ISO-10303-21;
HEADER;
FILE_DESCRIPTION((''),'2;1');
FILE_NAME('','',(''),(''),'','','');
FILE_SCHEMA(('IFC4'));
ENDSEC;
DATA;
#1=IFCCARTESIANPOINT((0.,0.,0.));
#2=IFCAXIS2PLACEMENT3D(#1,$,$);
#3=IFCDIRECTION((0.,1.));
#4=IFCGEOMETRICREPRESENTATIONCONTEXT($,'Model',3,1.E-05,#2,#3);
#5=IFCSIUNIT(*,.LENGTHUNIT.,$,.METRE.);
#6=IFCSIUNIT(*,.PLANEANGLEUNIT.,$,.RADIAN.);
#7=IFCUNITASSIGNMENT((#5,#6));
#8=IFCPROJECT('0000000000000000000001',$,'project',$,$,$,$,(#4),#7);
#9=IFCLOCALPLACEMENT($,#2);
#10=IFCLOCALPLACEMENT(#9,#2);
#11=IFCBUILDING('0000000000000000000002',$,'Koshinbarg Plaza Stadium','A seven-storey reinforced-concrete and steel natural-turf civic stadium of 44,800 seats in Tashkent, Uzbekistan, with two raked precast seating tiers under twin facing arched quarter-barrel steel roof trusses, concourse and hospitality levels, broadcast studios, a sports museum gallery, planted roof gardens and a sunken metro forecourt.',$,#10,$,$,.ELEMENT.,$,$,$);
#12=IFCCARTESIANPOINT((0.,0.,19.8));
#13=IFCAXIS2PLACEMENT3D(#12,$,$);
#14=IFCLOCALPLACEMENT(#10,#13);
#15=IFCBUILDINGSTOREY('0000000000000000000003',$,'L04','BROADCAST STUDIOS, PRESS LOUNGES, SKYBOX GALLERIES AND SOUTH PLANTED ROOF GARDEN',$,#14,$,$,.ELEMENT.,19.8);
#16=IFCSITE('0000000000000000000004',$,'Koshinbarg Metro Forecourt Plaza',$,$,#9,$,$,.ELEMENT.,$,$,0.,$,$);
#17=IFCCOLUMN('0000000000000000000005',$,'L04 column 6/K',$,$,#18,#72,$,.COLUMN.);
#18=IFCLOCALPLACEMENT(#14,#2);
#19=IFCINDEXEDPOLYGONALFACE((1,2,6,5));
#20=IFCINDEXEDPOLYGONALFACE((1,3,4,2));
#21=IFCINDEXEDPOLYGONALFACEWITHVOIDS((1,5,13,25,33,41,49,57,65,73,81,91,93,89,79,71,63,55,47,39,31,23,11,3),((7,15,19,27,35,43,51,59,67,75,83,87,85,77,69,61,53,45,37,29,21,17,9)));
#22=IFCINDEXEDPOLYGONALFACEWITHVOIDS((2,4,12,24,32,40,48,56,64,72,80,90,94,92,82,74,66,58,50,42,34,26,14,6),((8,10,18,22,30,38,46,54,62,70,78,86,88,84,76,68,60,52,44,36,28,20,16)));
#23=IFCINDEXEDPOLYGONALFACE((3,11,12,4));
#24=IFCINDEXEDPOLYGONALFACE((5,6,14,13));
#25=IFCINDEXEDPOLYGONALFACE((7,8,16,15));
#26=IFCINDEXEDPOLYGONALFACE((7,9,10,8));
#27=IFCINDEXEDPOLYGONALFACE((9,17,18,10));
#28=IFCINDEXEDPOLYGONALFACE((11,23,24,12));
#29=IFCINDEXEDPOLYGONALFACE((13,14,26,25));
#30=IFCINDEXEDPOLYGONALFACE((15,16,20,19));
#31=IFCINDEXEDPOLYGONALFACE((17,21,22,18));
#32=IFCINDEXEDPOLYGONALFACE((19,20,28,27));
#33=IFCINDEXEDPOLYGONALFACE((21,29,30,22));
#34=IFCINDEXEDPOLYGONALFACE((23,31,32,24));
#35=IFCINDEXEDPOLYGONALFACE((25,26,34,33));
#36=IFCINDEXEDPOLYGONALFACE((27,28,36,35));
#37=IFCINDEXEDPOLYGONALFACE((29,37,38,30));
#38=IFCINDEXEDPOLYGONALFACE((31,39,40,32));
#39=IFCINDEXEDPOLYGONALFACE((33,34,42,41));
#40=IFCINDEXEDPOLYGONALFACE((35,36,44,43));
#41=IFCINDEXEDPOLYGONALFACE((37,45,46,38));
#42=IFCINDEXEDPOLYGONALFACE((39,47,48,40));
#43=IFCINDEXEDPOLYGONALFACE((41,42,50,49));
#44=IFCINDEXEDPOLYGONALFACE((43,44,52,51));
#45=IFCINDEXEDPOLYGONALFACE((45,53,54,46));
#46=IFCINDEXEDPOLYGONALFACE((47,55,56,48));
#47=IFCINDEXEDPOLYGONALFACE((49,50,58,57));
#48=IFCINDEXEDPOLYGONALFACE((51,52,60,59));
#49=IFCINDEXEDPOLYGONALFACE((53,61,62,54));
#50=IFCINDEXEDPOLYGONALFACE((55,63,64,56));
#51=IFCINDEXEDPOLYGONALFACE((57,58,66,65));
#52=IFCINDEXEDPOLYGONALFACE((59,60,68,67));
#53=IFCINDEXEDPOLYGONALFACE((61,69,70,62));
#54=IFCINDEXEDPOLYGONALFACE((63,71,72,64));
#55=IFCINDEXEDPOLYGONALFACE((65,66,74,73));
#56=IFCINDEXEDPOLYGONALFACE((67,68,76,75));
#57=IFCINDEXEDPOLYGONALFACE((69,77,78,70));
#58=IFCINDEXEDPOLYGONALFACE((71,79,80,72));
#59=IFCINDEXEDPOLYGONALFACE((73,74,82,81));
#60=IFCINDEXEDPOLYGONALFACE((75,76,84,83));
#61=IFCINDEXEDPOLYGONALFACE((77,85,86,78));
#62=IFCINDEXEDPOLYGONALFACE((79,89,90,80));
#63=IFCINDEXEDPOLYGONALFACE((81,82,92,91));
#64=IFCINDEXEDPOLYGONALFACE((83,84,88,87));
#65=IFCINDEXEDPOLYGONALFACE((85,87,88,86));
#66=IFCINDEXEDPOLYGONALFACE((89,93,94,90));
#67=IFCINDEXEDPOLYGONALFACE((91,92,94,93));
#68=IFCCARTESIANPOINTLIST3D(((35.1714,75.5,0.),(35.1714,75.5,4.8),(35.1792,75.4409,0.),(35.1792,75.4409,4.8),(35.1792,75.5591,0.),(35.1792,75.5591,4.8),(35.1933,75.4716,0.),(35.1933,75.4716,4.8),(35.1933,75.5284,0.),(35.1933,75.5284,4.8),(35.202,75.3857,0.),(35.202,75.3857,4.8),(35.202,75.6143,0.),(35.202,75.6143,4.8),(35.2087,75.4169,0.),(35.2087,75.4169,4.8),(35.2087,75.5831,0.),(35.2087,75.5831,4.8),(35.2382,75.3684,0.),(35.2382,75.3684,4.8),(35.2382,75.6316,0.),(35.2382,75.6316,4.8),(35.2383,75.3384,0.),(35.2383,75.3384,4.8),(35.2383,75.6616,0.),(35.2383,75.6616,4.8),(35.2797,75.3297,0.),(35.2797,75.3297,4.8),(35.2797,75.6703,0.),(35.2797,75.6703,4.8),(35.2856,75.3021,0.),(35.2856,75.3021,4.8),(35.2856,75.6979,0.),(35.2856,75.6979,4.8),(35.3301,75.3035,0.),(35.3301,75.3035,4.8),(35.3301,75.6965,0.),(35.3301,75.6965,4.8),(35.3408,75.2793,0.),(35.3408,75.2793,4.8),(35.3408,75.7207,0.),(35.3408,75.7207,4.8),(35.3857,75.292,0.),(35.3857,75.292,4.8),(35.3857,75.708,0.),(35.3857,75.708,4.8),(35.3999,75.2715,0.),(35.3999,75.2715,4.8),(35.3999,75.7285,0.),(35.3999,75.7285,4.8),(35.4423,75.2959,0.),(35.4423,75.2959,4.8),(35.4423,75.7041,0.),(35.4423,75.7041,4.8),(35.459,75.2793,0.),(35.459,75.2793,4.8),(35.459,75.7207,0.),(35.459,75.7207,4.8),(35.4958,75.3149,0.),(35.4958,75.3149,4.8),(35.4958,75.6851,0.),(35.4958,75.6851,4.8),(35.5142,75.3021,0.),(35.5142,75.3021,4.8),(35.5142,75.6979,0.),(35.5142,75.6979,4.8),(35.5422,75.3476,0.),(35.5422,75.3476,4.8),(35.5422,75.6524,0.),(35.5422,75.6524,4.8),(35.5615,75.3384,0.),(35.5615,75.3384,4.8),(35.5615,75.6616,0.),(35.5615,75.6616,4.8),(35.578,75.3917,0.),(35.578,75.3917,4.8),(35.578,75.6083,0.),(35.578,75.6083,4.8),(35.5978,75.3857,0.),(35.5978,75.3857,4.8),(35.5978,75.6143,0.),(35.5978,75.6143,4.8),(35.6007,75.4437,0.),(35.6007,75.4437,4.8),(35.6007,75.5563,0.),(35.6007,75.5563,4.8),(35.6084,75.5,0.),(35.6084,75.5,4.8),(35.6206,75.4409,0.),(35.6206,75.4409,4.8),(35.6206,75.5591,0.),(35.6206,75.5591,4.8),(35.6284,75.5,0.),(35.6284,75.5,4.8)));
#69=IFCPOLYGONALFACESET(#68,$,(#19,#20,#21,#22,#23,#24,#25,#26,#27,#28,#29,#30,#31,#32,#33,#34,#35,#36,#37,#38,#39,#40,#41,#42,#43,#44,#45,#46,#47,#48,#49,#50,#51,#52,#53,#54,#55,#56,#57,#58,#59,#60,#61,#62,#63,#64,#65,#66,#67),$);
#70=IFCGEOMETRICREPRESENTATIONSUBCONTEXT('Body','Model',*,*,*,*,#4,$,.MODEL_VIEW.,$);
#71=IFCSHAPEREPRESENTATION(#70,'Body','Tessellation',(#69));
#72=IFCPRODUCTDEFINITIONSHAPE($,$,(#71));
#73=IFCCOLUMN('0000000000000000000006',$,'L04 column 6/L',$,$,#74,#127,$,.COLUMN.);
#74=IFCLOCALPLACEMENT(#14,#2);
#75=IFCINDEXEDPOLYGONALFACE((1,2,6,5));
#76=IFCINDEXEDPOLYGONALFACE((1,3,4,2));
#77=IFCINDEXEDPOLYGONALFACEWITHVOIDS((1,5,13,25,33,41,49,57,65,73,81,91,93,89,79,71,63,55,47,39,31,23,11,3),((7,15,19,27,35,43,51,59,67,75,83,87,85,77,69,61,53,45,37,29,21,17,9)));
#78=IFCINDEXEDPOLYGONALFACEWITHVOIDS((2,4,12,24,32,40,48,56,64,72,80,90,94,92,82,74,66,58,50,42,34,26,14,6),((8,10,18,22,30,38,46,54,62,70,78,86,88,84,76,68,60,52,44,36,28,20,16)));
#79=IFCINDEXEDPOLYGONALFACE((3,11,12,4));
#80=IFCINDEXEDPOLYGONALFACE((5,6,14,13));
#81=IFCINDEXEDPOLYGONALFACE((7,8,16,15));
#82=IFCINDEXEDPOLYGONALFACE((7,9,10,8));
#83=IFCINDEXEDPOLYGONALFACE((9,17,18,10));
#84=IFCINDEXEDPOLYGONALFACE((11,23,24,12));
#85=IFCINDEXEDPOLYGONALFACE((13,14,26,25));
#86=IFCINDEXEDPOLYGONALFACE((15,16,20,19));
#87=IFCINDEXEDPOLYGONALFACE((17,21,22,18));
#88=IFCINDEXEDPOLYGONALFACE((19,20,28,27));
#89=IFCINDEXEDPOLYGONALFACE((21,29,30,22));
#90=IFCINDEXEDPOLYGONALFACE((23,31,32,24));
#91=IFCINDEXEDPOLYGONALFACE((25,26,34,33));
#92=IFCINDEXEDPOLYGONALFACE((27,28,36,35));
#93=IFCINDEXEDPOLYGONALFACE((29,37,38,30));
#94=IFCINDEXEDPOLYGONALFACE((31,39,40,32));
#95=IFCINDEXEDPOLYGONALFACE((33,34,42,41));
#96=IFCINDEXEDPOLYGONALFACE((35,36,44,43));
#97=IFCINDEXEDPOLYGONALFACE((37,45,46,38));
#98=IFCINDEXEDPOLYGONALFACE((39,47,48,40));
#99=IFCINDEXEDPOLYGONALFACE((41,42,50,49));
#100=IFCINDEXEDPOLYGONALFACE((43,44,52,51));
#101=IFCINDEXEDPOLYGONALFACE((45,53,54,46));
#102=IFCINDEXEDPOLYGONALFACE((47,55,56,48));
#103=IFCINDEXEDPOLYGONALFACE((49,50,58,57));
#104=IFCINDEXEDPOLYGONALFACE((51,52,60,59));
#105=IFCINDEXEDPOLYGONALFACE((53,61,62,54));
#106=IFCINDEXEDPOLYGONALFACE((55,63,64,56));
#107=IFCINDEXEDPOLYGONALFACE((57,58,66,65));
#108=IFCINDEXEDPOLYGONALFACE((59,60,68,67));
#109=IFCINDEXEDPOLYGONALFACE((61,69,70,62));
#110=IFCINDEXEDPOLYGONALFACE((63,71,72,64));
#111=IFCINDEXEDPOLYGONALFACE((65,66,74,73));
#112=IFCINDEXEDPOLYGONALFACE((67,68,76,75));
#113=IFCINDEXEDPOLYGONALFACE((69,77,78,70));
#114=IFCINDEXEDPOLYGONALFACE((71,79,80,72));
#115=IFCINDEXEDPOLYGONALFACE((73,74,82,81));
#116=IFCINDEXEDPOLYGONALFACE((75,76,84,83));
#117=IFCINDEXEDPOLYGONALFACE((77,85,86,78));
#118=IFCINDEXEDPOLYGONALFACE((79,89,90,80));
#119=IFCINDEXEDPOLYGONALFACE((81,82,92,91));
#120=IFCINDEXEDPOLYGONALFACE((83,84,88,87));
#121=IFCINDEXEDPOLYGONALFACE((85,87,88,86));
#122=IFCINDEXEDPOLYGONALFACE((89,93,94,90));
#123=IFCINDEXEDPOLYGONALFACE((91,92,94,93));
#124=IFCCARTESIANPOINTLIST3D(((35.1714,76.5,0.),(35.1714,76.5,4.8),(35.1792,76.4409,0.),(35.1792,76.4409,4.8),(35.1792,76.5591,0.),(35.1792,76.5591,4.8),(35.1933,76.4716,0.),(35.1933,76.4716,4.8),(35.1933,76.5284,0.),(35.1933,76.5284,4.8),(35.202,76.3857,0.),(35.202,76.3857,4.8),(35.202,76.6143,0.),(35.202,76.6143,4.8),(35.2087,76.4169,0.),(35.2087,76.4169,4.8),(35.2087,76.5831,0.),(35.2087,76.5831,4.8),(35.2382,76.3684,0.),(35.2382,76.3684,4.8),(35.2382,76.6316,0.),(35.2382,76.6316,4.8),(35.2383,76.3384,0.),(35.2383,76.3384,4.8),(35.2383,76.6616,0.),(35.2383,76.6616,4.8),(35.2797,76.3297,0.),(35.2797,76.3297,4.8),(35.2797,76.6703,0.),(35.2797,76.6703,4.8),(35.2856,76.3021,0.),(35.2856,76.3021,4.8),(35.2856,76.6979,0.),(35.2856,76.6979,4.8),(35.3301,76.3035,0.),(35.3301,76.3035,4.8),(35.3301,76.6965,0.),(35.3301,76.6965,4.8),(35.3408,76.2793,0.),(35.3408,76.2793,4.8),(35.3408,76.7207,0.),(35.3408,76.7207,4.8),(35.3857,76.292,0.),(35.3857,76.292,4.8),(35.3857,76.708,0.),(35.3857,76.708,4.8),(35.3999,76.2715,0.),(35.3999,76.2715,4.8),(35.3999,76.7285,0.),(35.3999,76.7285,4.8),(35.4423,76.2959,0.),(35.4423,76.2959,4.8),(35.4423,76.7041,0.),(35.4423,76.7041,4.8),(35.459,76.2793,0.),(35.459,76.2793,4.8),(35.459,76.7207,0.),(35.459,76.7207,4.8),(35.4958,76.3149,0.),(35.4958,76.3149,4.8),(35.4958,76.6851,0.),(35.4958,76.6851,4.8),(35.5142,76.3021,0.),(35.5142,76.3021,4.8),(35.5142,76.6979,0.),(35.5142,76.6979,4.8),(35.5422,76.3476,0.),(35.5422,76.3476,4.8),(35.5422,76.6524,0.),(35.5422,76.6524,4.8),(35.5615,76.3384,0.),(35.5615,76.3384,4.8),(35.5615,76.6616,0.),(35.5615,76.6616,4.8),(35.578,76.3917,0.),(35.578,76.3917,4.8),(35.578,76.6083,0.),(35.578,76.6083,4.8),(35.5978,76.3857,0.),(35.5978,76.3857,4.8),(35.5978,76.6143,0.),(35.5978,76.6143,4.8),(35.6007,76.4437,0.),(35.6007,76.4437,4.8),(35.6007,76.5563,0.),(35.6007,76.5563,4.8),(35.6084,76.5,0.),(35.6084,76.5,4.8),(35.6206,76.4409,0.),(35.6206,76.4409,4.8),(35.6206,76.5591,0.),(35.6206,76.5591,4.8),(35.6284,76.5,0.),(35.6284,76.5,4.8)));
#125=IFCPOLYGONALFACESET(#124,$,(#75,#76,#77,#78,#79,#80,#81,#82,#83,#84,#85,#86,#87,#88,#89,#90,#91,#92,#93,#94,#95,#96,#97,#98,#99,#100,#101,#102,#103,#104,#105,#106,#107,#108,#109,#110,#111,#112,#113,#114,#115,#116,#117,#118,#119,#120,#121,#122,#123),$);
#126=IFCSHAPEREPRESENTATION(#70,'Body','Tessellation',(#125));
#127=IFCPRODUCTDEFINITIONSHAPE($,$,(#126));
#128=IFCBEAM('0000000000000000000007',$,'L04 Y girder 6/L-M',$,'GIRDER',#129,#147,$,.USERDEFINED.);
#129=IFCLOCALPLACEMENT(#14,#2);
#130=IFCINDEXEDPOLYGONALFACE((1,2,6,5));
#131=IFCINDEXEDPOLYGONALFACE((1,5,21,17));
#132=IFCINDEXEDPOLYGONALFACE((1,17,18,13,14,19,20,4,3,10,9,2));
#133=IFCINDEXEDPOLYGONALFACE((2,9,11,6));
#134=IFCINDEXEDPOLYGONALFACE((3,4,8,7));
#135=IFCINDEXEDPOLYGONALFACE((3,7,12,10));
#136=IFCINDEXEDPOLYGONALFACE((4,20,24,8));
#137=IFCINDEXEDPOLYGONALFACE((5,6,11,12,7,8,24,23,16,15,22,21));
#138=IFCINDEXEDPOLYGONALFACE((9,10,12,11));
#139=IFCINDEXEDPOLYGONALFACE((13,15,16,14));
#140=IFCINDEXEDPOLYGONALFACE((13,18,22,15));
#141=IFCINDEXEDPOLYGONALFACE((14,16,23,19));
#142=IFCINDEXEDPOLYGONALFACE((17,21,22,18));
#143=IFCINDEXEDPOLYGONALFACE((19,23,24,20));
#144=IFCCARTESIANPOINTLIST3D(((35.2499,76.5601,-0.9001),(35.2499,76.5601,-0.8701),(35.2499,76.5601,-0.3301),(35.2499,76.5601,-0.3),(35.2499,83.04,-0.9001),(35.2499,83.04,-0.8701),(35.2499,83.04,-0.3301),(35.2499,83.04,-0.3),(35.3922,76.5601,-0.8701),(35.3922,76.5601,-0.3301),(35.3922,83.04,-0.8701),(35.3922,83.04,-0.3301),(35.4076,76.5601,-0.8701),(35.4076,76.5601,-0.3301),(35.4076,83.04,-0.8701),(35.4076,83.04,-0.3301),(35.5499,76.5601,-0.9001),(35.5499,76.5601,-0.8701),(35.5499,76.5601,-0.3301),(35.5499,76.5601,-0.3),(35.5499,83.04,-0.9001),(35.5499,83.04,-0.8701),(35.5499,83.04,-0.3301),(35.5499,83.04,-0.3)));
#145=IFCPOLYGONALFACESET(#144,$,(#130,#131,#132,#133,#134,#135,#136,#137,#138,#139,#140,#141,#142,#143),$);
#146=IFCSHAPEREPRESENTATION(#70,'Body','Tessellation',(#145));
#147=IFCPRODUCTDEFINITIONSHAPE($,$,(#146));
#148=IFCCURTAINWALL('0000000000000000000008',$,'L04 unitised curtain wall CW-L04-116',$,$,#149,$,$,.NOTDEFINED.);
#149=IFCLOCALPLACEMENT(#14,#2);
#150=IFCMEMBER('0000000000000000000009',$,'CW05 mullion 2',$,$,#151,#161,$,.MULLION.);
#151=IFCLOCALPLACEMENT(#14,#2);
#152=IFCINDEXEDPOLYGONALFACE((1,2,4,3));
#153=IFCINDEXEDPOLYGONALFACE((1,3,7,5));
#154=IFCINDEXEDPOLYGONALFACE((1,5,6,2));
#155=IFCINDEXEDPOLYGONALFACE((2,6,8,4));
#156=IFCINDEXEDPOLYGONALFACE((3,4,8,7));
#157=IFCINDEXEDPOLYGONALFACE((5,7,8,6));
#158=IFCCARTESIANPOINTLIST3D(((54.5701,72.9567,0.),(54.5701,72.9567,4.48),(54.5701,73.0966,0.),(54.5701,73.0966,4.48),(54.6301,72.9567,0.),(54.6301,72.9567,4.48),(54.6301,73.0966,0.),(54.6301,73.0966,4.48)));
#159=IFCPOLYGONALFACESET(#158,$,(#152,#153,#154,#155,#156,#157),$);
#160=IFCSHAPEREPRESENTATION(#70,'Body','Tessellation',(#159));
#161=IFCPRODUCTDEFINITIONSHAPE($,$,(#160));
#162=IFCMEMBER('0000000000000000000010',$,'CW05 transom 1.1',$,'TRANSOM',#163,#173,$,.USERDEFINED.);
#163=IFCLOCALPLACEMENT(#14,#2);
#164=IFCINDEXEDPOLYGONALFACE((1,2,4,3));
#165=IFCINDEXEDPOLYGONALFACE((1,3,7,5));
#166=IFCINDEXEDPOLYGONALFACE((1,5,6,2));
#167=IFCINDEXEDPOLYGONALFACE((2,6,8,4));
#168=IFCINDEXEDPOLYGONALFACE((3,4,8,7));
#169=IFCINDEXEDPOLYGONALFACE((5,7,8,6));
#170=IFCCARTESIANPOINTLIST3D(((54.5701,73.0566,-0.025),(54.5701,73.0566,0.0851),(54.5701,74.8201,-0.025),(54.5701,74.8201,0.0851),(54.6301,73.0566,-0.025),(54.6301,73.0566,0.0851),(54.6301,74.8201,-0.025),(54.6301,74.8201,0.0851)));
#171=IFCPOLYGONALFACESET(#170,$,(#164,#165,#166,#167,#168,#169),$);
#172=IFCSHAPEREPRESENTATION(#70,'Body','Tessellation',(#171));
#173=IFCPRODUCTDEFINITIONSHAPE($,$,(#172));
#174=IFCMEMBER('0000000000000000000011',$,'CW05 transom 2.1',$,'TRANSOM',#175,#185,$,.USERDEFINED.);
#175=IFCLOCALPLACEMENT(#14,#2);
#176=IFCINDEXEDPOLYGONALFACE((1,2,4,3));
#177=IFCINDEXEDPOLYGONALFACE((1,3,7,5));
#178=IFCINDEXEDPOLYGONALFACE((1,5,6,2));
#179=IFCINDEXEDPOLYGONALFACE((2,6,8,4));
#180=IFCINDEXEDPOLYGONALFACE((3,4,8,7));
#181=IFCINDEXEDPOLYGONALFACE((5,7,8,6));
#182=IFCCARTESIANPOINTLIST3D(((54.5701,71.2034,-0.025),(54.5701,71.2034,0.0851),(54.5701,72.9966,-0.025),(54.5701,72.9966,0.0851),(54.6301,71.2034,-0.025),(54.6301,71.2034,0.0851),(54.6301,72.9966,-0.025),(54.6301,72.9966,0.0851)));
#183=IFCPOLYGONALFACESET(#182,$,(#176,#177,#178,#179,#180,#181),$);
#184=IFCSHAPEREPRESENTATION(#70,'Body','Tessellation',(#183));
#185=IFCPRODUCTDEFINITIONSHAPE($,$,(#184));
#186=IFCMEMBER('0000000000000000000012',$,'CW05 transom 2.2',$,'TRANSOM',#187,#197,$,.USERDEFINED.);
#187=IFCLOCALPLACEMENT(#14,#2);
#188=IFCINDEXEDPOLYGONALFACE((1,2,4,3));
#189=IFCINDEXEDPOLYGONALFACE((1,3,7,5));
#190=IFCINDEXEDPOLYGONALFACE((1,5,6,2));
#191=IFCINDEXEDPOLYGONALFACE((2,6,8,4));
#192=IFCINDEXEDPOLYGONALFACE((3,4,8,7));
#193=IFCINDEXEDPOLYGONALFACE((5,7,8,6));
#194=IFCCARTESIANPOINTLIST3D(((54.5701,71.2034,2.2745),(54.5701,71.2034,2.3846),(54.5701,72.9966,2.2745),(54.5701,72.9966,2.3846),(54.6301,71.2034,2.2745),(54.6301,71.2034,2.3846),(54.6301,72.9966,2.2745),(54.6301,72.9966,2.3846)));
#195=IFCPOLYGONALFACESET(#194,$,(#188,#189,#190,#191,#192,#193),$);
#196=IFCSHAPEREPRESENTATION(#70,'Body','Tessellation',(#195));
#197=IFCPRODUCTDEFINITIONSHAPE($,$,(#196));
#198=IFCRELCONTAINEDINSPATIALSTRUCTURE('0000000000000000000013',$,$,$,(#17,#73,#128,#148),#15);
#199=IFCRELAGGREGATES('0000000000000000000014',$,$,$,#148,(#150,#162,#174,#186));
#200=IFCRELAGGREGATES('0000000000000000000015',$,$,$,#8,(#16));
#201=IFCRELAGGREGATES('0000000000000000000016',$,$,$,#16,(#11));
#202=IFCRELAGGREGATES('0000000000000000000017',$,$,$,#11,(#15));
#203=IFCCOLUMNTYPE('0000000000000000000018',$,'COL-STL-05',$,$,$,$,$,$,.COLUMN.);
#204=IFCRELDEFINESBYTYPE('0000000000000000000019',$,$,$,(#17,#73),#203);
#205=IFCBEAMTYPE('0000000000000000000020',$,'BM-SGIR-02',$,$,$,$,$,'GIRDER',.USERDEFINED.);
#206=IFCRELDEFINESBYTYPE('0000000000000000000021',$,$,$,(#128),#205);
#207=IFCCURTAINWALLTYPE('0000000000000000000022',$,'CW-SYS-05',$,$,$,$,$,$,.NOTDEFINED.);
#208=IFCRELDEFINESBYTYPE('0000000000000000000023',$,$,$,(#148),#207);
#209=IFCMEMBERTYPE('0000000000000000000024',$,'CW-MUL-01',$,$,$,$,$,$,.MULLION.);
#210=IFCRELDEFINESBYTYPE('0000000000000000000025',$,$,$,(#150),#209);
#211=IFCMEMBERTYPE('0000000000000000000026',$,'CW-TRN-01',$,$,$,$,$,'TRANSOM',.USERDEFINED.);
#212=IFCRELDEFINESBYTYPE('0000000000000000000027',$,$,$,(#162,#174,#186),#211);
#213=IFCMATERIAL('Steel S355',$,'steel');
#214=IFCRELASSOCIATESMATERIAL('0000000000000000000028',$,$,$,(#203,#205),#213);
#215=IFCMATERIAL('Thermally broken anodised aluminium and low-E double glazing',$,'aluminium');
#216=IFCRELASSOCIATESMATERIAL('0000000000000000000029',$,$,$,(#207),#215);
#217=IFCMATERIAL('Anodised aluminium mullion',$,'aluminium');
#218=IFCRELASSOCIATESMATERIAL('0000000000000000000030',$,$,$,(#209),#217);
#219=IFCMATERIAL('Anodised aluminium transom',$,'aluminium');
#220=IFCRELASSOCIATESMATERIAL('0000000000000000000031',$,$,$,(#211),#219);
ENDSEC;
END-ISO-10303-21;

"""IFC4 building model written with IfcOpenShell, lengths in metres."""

from ifc_helpers import new_model, si_unit, direction, frame, origin, origin_2d, place, context, subcontext, project, spatial, rectangle, hollow_circle, i_section, extrude, material, material_profile, profile_set, type_object, element, aggregate, save


model = new_model("IFC4")

# Units and contexts
model_context = context("Model", 3, precision=1e-05, world=origin(), true_north=direction((0.0, 1.0)))
body_context = subcontext(model_context, "Body", "Model", "MODEL_VIEW")
ifc_project = project(units=[si_unit("LENGTHUNIT", "METRE"), si_unit("PLANEANGLEUNIT", "RADIAN")], contexts=[model_context])

# Site, building, storey
site_placement = place(None, origin())
site = spatial("IfcSite", under=ifc_project, at=site_placement, Name="Koshinbarg Metro Forecourt Plaza", CompositionType="ELEMENT", RefElevation=0.0)
building_placement = place(site_placement, origin())
building = spatial("IfcBuilding", under=site, at=building_placement, Name="Koshinbarg Plaza Stadium", Description="A seven-storey reinforced-concrete and steel natural-turf civic stadium of 44,800 seats in Tashkent, Uzbekistan, with two raked precast seating tiers under twin facing arched quarter-barrel steel roof trusses, concourse and hospitality levels, broadcast studios, a sports museum gallery, planted roof gardens and a sunken metro forecourt.", CompositionType="ELEMENT")
storey_placement = place(building_placement, frame((0.0, 0.0, 19.8)))
storey = spatial("IfcBuildingStorey", under=building, at=storey_placement, Name="L04", Description="BROADCAST STUDIOS, PRESS LOUNGES, SKYBOX GALLERIES AND SOUTH PLANTED ROOF GARDEN", CompositionType="ELEMENT", Elevation=19.8)

# Columns
ifc_material_1 = material(Name="Steel S355", Category="steel")
ifc_material_profile_1 = material_profile(ifc_material_1, hollow_circle(Radius=0.2285, WallThickness=0.02, at=origin_2d()), Name="CHS 457x20")
ifc_profile_set_1 = profile_set([ifc_material_profile_1], Name="Steel S355")
column_type = type_object("IfcColumnType", Name="COL-STL-05", PredefinedType="COLUMN", material=ifc_profile_set_1)
for number, where, z_axis, x_axis, name in (
    (1, (35.3999, 75.5, 0.0), (0.0, 0.0, 1.0), (1.0, 0.0, 0.0), "L04 column 6/K"),
    (2, (35.3999, 76.5, 0.0), (0.0, 0.0, 1.0), (1.0, 0.0, 0.0), "L04 column 6/L"),
):
    element("IfcColumn", number, at=place(storey_placement, frame(where, z_axis=z_axis, x_axis=x_axis)), inside=storey, type_object=column_type, Name=name, PredefinedType="COLUMN", context=body_context, shape_type="SweptSolid", body=[
        extrude(hollow_circle(Radius=0.2285, WallThickness=0.02, at=origin_2d()), origin(), (0.0, 0.0, 1.0), 4.8),
    ])

# Beam
ifc_material_profile_2 = material_profile(ifc_material_1, i_section(OverallWidth=0.3, OverallDepth=0.6001, WebThickness=0.0154, FlangeThickness=0.03, at=origin_2d()), Name="HEB 600")
ifc_profile_set_2 = profile_set([ifc_material_profile_2], Name="Steel S355")
beam_type = type_object("IfcBeamType", Name="BM-SGIR-02", ElementType="GIRDER", PredefinedType="USERDEFINED", material=ifc_profile_set_2)
beam_placement = place(storey_placement, frame((35.3999, 76.5601, -0.6001), z_axis=(0.0, 1.0, 0.0), x_axis=(-1.0, 0.0, 0.0)))
element("IfcBeam", 3, at=beam_placement, inside=storey, type_object=beam_type, Name="L04 Y girder 6/L-M", ObjectType="GIRDER", PredefinedType="USERDEFINED", context=body_context, shape_type="SweptSolid", body=[
    extrude(i_section(OverallWidth=0.3, OverallDepth=0.6001, WebThickness=0.0154, FlangeThickness=0.03, at=origin_2d()), origin(), (0.0, 0.0, 1.0), 6.48),
])

# Curtain wall, members
ifc_material_2 = material(Name="Thermally broken anodised aluminium and low-E double glazing", Category="aluminium")
curtain_wall_type = type_object("IfcCurtainWallType", Name="CW-SYS-05", PredefinedType="NOTDEFINED", material=ifc_material_2)
curtain_wall_placement = place(storey_placement, origin())
curtain_wall = element("IfcCurtainWall", 4, at=curtain_wall_placement, inside=storey, type_object=curtain_wall_type, Name="L04 unitised curtain wall CW-L04-116", PredefinedType="NOTDEFINED")
ifc_material_3 = material(Name="Anodised aluminium mullion", Category="aluminium")
ifc_material_profile_3 = material_profile(ifc_material_3, rectangle(XDim=0.0601, YDim=0.1399, at=origin_2d()), Name="ALU 60x140")
ifc_profile_set_3 = profile_set([ifc_material_profile_3], Name="Anodised aluminium mullion")
member_type_1 = type_object("IfcMemberType", Name="CW-MUL-01", PredefinedType="MULLION", material=ifc_profile_set_3)
member_1_placement = place(storey_placement, frame((54.6001, 73.0266, 0.0), z_axis=(0.0, 0.0, 1.0), x_axis=(1.0, 0.0, 0.0)))
member_1 = element("IfcMember", 5, at=member_1_placement, type_object=member_type_1, Name="CW05 mullion 2", PredefinedType="MULLION", context=body_context, shape_type="SweptSolid", body=[
    extrude(rectangle(XDim=0.0601, YDim=0.1399, at=origin_2d()), origin(), (0.0, 0.0, 1.0), 4.48),
])
ifc_material_4 = material(Name="Anodised aluminium transom", Category="aluminium")
ifc_material_profile_4 = material_profile(ifc_material_4, rectangle(XDim=0.0601, YDim=0.1101, at=origin_2d()), Name="ALU 60x110")
ifc_profile_set_4 = profile_set([ifc_material_profile_4], Name="Anodised aluminium transom")
member_type_2 = type_object("IfcMemberType", Name="CW-TRN-01", ElementType="TRANSOM", PredefinedType="USERDEFINED", material=ifc_profile_set_4)
member_2_placement = place(storey_placement, frame((54.6001, 74.8201, 0.03), z_axis=(0.0, -1.0, 0.0), x_axis=(1.0, 0.0, 0.0)))
member_2 = element("IfcMember", 6, at=member_2_placement, type_object=member_type_2, Name="CW05 transom 1.1", ObjectType="TRANSOM", PredefinedType="USERDEFINED", context=body_context, shape_type="SweptSolid", body=[
    extrude(rectangle(XDim=0.0601, YDim=0.1101, at=origin_2d()), origin(), (0.0, 0.0, 1.0), 1.7634),
])
member_3_placement = place(storey_placement, frame((54.6001, 72.9966, 0.03), z_axis=(0.0, -1.0, 0.0), x_axis=(1.0, 0.0, 0.0)))
member_3 = element("IfcMember", 7, at=member_3_placement, type_object=member_type_2, Name="CW05 transom 2.1", ObjectType="TRANSOM", PredefinedType="USERDEFINED", context=body_context, shape_type="SweptSolid", body=[
    extrude(rectangle(XDim=0.0601, YDim=0.1101, at=origin_2d()), origin(), (0.0, 0.0, 1.0), 1.7932),
])
member_4_placement = place(storey_placement, frame((54.6001, 72.9966, 2.3296), z_axis=(0.0, -1.0, 0.0), x_axis=(1.0, 0.0, 0.0)))
member_4 = element("IfcMember", 8, at=member_4_placement, type_object=member_type_2, Name="CW05 transom 2.2", ObjectType="TRANSOM", PredefinedType="USERDEFINED", context=body_context, shape_type="SweptSolid", body=[
    extrude(rectangle(XDim=0.0601, YDim=0.1101, at=origin_2d()), origin(), (0.0, 0.0, 1.0), 1.7932),
])
aggregate(curtain_wall, [member_1, member_2, member_3, member_4])

save(model, "model.ifc")
